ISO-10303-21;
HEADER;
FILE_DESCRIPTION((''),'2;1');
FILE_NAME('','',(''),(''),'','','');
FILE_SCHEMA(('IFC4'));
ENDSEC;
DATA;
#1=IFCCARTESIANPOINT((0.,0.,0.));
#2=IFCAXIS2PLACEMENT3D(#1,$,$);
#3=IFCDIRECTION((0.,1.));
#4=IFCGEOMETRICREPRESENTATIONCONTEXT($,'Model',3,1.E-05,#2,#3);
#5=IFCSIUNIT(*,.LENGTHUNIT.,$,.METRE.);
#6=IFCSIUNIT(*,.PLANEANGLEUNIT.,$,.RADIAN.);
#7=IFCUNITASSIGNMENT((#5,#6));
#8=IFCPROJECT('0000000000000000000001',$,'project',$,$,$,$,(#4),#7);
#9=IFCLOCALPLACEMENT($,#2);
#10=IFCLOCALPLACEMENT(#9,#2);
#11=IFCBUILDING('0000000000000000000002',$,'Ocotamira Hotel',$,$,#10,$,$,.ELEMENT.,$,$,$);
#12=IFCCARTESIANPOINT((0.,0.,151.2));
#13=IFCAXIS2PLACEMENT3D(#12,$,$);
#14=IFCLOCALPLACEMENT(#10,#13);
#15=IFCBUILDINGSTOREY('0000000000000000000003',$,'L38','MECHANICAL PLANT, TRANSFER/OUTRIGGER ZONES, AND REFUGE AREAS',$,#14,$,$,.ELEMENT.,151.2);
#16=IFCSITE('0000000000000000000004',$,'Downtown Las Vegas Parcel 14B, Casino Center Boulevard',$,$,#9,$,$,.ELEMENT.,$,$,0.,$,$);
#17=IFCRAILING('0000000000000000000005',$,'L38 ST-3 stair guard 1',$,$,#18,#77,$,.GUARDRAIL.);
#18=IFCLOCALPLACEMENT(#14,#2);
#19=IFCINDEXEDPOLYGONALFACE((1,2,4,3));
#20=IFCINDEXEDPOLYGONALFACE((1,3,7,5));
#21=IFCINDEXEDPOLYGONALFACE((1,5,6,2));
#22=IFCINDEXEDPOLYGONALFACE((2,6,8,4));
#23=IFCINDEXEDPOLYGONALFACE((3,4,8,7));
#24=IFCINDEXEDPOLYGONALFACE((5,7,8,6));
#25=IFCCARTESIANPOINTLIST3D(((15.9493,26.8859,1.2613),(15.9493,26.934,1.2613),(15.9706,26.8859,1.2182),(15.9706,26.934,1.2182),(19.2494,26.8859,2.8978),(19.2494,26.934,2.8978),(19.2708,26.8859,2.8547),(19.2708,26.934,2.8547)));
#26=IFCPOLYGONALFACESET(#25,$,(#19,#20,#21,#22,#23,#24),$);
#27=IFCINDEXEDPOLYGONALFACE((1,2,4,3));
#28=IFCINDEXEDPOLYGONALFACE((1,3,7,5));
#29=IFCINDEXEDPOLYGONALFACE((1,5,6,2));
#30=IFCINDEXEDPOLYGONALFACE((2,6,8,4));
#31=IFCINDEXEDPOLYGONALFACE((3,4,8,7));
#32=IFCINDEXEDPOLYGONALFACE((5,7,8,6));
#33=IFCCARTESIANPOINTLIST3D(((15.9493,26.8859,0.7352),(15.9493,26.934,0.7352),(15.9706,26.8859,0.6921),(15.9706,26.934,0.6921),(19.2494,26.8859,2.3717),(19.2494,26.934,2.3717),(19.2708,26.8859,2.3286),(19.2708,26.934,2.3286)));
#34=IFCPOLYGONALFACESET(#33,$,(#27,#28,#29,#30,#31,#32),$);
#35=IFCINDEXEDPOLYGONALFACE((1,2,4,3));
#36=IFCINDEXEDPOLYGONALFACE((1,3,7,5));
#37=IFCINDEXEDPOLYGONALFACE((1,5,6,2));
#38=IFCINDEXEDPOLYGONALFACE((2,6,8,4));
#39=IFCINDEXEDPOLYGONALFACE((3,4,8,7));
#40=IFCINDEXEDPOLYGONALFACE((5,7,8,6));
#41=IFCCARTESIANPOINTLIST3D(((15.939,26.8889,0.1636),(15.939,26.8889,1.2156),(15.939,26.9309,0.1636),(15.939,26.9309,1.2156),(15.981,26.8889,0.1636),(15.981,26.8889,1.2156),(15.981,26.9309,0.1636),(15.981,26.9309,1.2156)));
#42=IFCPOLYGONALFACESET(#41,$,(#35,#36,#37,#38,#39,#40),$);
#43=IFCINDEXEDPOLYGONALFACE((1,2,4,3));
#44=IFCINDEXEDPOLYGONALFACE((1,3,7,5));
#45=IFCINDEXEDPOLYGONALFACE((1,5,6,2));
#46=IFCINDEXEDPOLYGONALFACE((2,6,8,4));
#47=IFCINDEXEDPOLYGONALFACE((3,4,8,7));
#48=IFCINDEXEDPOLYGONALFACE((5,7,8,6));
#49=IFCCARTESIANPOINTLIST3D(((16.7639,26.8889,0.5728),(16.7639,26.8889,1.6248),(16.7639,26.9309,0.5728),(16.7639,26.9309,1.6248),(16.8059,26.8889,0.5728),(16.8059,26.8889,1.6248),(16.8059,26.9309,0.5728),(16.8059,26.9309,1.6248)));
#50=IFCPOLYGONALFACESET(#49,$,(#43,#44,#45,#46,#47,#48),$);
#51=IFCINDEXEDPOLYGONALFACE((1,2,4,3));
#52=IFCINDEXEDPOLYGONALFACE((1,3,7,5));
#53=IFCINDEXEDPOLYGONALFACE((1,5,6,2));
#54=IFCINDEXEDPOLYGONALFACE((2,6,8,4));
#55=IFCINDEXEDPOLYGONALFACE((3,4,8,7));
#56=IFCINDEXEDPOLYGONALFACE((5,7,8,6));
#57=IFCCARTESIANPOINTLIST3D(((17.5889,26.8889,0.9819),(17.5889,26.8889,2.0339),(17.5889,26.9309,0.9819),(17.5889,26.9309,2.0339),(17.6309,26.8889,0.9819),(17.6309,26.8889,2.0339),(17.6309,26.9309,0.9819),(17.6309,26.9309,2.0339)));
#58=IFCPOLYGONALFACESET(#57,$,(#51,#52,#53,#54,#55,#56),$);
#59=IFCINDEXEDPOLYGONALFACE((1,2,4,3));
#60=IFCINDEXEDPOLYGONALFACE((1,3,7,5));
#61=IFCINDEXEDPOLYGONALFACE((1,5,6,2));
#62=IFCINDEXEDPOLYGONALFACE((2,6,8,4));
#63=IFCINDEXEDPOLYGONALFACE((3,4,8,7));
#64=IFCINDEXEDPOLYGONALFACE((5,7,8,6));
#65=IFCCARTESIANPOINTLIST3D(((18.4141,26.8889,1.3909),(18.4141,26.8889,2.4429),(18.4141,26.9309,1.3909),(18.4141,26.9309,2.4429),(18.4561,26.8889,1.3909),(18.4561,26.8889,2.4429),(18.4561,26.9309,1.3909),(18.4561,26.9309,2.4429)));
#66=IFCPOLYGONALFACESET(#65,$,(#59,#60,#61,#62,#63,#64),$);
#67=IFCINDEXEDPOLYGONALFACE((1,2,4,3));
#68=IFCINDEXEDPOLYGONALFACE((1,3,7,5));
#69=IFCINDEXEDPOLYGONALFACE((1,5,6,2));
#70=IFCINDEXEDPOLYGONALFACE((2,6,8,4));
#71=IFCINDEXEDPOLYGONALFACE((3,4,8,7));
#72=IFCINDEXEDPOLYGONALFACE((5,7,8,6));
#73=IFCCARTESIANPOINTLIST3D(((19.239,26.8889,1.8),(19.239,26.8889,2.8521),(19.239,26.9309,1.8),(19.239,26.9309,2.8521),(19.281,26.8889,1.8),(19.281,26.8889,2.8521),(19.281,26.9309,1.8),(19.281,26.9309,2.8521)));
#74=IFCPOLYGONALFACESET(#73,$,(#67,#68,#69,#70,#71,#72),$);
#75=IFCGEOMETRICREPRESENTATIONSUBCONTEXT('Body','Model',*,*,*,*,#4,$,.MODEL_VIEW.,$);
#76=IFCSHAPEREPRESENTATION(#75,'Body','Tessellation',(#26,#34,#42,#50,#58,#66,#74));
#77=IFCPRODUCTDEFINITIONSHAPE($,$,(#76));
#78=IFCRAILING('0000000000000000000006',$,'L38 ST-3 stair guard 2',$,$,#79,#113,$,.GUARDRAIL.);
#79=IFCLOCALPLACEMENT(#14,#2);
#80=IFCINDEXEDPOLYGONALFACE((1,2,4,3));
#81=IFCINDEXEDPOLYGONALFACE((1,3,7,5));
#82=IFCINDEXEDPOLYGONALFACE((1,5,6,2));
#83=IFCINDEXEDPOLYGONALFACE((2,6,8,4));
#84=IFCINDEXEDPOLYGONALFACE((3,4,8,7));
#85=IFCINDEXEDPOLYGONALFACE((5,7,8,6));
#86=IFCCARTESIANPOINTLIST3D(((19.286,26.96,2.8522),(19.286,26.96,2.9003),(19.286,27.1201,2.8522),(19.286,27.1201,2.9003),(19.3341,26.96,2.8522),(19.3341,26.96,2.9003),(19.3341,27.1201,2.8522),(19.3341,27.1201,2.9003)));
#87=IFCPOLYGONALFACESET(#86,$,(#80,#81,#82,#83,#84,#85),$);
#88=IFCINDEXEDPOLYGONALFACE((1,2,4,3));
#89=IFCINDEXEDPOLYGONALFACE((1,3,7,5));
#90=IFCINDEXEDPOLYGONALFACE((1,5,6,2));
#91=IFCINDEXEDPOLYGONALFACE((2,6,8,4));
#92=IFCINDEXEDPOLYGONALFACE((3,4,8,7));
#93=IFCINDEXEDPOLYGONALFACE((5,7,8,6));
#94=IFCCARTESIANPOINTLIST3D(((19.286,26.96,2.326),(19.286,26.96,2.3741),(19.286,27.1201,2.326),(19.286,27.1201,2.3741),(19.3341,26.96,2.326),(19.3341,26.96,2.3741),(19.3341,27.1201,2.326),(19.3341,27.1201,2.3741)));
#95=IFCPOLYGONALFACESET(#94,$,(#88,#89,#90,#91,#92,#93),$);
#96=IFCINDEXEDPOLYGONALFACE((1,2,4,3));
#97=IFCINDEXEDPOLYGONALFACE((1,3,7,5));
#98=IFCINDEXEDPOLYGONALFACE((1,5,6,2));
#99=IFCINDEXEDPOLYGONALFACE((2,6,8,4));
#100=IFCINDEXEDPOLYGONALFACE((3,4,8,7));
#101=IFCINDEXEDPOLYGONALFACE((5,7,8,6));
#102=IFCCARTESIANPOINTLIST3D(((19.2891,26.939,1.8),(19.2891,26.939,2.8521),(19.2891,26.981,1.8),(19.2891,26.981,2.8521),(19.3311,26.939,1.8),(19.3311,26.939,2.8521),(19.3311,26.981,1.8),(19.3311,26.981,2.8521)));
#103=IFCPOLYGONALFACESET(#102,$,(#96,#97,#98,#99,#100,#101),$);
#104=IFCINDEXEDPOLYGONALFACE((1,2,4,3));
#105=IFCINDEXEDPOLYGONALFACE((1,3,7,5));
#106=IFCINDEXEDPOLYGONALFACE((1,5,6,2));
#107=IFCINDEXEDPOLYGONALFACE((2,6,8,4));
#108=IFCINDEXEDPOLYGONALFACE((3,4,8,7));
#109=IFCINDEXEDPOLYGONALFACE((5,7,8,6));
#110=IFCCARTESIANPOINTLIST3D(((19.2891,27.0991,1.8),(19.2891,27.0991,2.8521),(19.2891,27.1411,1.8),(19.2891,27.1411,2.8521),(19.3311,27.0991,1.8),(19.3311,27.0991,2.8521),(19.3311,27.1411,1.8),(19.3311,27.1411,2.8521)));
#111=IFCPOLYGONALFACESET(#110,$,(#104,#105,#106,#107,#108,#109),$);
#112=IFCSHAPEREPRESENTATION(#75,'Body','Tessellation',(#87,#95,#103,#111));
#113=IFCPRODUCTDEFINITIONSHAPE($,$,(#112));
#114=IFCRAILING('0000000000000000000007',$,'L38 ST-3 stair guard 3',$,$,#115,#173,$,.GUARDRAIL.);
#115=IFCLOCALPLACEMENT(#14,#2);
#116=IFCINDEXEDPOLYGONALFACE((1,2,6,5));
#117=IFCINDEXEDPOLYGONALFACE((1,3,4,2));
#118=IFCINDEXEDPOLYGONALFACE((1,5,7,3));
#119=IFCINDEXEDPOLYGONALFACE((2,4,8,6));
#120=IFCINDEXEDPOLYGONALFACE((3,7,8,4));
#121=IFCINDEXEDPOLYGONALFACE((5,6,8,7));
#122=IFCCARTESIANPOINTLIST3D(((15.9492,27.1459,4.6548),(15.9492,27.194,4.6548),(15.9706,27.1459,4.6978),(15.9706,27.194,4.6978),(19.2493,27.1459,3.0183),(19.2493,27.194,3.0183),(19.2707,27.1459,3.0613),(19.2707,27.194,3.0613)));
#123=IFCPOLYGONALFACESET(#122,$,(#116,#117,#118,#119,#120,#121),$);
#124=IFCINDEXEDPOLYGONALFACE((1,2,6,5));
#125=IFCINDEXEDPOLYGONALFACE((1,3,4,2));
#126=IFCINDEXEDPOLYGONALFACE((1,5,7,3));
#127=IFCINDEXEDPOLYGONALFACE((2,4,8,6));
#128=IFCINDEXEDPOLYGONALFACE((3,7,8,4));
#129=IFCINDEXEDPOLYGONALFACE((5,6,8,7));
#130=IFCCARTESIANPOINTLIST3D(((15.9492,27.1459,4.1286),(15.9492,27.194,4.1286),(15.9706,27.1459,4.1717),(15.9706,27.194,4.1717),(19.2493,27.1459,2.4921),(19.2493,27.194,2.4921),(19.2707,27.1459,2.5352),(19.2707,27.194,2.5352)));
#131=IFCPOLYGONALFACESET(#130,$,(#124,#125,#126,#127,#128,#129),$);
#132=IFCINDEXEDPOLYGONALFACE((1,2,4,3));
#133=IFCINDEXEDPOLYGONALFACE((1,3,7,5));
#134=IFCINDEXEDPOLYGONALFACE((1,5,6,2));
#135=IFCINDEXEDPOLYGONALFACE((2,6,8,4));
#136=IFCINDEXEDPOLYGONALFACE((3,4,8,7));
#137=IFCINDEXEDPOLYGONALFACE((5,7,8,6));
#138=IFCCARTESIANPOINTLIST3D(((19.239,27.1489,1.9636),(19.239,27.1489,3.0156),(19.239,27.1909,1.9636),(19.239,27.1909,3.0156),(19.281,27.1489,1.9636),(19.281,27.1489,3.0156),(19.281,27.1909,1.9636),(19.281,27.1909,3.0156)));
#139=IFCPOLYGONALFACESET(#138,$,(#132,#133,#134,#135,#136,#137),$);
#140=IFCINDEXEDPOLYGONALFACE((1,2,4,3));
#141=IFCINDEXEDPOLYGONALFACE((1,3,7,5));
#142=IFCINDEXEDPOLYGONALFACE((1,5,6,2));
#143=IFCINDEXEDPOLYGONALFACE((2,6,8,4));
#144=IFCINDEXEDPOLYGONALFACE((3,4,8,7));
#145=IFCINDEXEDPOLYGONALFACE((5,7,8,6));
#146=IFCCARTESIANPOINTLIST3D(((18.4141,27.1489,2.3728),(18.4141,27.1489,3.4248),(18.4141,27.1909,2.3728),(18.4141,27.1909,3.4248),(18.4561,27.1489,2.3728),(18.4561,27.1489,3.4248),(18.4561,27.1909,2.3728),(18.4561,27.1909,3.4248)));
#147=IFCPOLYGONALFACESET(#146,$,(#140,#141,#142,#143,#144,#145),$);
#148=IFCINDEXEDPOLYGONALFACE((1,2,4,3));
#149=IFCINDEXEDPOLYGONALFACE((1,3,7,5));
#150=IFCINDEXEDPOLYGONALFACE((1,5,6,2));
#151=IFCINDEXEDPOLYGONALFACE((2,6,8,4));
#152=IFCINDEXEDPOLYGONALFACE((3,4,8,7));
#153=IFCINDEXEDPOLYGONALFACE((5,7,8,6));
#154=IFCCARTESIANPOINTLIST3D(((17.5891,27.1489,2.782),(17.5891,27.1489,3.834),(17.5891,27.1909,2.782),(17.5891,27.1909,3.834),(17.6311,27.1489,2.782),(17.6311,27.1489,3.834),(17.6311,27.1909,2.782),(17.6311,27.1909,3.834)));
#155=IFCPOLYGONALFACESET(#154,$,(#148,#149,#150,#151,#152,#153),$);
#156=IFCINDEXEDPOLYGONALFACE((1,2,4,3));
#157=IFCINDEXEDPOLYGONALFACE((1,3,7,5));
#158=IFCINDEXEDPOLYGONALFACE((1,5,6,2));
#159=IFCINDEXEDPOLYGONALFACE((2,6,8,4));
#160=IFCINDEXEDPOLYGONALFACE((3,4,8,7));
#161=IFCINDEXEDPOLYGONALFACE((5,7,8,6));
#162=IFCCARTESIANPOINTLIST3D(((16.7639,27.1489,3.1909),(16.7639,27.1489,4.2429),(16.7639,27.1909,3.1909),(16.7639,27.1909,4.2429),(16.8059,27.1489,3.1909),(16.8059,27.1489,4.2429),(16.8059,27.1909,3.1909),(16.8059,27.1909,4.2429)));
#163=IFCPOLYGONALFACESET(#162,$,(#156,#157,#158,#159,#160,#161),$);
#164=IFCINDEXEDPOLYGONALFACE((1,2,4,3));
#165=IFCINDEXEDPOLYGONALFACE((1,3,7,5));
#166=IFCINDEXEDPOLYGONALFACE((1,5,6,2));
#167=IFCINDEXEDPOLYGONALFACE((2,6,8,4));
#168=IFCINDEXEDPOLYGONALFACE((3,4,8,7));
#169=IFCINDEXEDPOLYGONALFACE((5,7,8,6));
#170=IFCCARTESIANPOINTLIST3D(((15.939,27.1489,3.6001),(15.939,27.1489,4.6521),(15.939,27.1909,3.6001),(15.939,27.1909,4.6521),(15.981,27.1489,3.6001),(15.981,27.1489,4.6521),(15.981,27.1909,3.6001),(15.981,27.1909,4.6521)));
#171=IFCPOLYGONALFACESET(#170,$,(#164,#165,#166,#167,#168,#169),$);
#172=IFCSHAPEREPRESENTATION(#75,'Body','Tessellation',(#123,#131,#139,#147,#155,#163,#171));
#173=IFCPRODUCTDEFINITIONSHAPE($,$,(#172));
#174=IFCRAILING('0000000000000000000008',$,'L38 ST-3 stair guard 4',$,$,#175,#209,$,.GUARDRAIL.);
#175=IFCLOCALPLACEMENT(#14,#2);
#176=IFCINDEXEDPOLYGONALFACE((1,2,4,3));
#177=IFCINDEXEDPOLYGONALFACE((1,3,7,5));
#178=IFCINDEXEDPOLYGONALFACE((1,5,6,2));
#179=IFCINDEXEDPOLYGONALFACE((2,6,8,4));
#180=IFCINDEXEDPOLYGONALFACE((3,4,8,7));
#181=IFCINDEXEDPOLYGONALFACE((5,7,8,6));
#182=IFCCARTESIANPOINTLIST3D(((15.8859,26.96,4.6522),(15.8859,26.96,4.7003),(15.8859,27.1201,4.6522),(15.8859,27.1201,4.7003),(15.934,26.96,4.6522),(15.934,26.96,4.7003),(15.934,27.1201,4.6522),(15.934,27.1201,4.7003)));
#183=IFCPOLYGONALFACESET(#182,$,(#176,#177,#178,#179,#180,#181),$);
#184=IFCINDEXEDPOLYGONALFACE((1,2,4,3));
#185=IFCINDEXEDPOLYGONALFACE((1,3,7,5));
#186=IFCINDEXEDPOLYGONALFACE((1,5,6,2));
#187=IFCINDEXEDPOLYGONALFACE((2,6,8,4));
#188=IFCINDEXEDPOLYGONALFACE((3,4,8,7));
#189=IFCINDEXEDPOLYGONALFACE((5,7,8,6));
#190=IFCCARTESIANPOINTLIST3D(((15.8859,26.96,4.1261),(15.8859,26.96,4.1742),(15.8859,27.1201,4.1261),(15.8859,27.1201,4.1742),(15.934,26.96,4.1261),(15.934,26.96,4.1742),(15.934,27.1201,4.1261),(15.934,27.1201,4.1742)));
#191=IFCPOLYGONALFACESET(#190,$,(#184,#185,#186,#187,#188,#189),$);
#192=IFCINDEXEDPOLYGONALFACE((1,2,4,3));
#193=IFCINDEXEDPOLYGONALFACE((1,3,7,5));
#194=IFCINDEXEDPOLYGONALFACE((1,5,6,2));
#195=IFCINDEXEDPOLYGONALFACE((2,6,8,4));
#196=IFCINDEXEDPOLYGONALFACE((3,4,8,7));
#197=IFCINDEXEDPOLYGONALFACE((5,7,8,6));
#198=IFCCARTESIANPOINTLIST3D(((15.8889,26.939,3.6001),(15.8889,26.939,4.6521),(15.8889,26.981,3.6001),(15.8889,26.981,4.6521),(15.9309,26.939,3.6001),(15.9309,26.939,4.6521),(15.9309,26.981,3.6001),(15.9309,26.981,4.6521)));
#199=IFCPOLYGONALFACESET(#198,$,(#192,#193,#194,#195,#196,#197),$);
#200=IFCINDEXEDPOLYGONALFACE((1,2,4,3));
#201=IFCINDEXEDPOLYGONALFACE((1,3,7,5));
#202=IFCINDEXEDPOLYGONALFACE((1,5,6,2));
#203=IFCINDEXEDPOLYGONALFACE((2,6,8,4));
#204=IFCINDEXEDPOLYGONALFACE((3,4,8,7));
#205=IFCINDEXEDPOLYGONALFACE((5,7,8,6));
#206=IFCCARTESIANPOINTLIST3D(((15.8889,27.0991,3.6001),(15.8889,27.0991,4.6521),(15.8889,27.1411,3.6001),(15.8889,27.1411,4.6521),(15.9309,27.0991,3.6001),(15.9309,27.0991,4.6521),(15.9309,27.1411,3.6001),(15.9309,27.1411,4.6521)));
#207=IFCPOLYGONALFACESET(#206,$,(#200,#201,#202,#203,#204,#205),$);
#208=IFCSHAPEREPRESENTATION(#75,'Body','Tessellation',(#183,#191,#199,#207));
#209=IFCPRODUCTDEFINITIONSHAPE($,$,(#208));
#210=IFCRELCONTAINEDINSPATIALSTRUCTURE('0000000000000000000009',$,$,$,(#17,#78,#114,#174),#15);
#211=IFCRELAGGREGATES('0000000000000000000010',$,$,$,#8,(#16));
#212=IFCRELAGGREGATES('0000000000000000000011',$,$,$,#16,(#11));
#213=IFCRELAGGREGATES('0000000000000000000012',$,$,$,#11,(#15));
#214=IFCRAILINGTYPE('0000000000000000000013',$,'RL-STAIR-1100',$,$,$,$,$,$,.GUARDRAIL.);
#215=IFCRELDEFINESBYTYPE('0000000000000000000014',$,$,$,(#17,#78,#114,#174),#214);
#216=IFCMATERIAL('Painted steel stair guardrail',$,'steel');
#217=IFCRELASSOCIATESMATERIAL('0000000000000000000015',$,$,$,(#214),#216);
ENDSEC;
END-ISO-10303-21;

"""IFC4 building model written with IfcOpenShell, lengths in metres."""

from ifc_helpers import new_model, si_unit, direction, frame, origin, origin_2d, place, context, subcontext, project, spatial, rectangle, extrude, material, type_object, element, save


model = new_model("IFC4")

# Units and contexts
model_context = context("Model", 3, precision=1e-05, world=origin(), true_north=direction((0.0, 1.0)))
body_context = subcontext(model_context, "Body", "Model", "MODEL_VIEW")
ifc_project = project(units=[si_unit("LENGTHUNIT", "METRE"), si_unit("PLANEANGLEUNIT", "RADIAN")], contexts=[model_context])

# Site, building, storey
site_placement = place(None, origin())
site = spatial("IfcSite", under=ifc_project, at=site_placement, Name="Downtown Las Vegas Parcel 14B, Casino Center Boulevard", CompositionType="ELEMENT", RefElevation=0.0)
building_placement = place(site_placement, origin())
building = spatial("IfcBuilding", under=site, at=building_placement, Name="Ocotamira Hotel", CompositionType="ELEMENT")
storey_placement = place(building_placement, frame((0.0, 0.0, 151.2)))
storey = spatial("IfcBuildingStorey", under=building, at=storey_placement, Name="L38", Description="MECHANICAL PLANT, TRANSFER/OUTRIGGER ZONES, AND REFUGE AREAS", CompositionType="ELEMENT", Elevation=151.2)

# Railings
ifc_material_1 = material(Name="Painted steel stair guardrail", Category="steel")
railing_type_1 = type_object("IfcRailingType", Name="RL-STAIR-1100", PredefinedType="GUARDRAIL", material=ifc_material_1)
railing_1_placement = place(storey_placement, frame((15.96, 26.9099, 0.1636)))
element("IfcRailing", 1, at=railing_1_placement, inside=storey, type_object=railing_type_1, Name="L38 ST-3 stair guard 1", PredefinedType="GUARDRAIL", context=body_context, shape_type="SweptSolid", body=[
    extrude(rectangle(XDim=0.0481, YDim=0.0481, at=origin_2d()), frame((0.0, 0.0, 1.0762), z_axis=(0.895894, 0.0, 0.444268), x_axis=(0.0, 1.0, 0.0)), (0.0, 0.0, 1.0), 3.6836),
    extrude(rectangle(XDim=0.0481, YDim=0.0481, at=origin_2d()), frame((0.0, 0.0, 0.55), z_axis=(0.895894, 0.0, 0.444268), x_axis=(0.0, 1.0, 0.0)), (0.0, 0.0, 1.0), 3.6836),
    extrude(rectangle(XDim=0.042, YDim=0.042, at=origin_2d()), origin(), (0.0, 0.0, 1.0), 1.052),
    extrude(rectangle(XDim=0.042, YDim=0.042, at=origin_2d()), frame((0.825, 0.0, 0.4092)), (0.0, 0.0, 1.0), 1.052),
    extrude(rectangle(XDim=0.042, YDim=0.042, at=origin_2d()), frame((1.6499, 0.0, 0.8184)), (0.0, 0.0, 1.0), 1.052),
    extrude(rectangle(XDim=0.042, YDim=0.042, at=origin_2d()), frame((2.4751, 0.0, 1.2273)), (0.0, 0.0, 1.0), 1.052),
    extrude(rectangle(XDim=0.042, YDim=0.042, at=origin_2d()), frame((3.3, 0.0, 1.6365)), (0.0, 0.0, 1.0), 1.052),
])
railing_2_placement = place(storey_placement, frame((19.3101, 26.96, 1.8)))
element("IfcRailing", 2, at=railing_2_placement, inside=storey, type_object=railing_type_1, Name="L38 ST-3 stair guard 2", PredefinedType="GUARDRAIL", context=body_context, shape_type="SweptSolid", body=[
    extrude(rectangle(XDim=0.0481, YDim=0.0481, at=origin_2d()), frame((0.0, 0.0, 1.0762), z_axis=(0.0, 1.0, 0.0), x_axis=(-1.0, 0.0, 0.0)), (0.0, 0.0, 1.0), 0.1602),
    extrude(rectangle(XDim=0.0481, YDim=0.0481, at=origin_2d()), frame((0.0, 0.0, 0.55), z_axis=(0.0, 1.0, 0.0), x_axis=(-1.0, 0.0, 0.0)), (0.0, 0.0, 1.0), 0.1602),
    extrude(rectangle(XDim=0.042, YDim=0.042, at=origin_2d()), origin(), (0.0, 0.0, 1.0), 1.052),
    extrude(rectangle(XDim=0.042, YDim=0.042, at=origin_2d()), frame((0.0, 0.1602, 0.0)), (0.0, 0.0, 1.0), 1.052),
])
railing_3_placement = place(storey_placement, frame((19.26, 27.1699, 1.9636)))
element("IfcRailing", 3, at=railing_3_placement, inside=storey, type_object=railing_type_1, Name="L38 ST-3 stair guard 3", PredefinedType="GUARDRAIL", context=body_context, shape_type="SweptSolid", body=[
    extrude(rectangle(XDim=0.0481, YDim=0.0481, at=origin_2d()), frame((0.0, 0.0, 1.0762), z_axis=(-0.895894, 0.0, 0.444268), x_axis=(0.0, -1.0, 0.0)), (0.0, 0.0, 1.0), 3.6836),
    extrude(rectangle(XDim=0.0481, YDim=0.0481, at=origin_2d()), frame((0.0, 0.0, 0.55), z_axis=(-0.895894, 0.0, 0.444268), x_axis=(0.0, -1.0, 0.0)), (0.0, 0.0, 1.0), 3.6836),
    extrude(rectangle(XDim=0.042, YDim=0.042, at=origin_2d()), origin(), (0.0, 0.0, 1.0), 1.052),
    extrude(rectangle(XDim=0.042, YDim=0.042, at=origin_2d()), frame((-0.825, 0.0, 0.4092)), (0.0, 0.0, 1.0), 1.052),
    extrude(rectangle(XDim=0.042, YDim=0.042, at=origin_2d()), frame((-1.6499, 0.0, 0.8184)), (0.0, 0.0, 1.0), 1.052),
    extrude(rectangle(XDim=0.042, YDim=0.042, at=origin_2d()), frame((-2.4751, 0.0, 1.2273)), (0.0, 0.0, 1.0), 1.052),
    extrude(rectangle(XDim=0.042, YDim=0.042, at=origin_2d()), frame((-3.3, 0.0, 1.6365)), (0.0, 0.0, 1.0), 1.052),
])
railing_4_placement = place(storey_placement, frame((15.9099, 26.96, 3.6001)))
element("IfcRailing", 4, at=railing_4_placement, inside=storey, type_object=railing_type_1, Name="L38 ST-3 stair guard 4", PredefinedType="GUARDRAIL", context=body_context, shape_type="SweptSolid", body=[
    extrude(rectangle(XDim=0.0481, YDim=0.0481, at=origin_2d()), frame((0.0, 0.0, 1.0762), z_axis=(0.0, 1.0, 0.0), x_axis=(-1.0, 0.0, 0.0)), (0.0, 0.0, 1.0), 0.1602),
    extrude(rectangle(XDim=0.0481, YDim=0.0481, at=origin_2d()), frame((0.0, 0.0, 0.55), z_axis=(0.0, 1.0, 0.0), x_axis=(-1.0, 0.0, 0.0)), (0.0, 0.0, 1.0), 0.1602),
    extrude(rectangle(XDim=0.042, YDim=0.042, at=origin_2d()), origin(), (0.0, 0.0, 1.0), 1.052),
    extrude(rectangle(XDim=0.042, YDim=0.042, at=origin_2d()), frame((0.0, 0.1602, 0.0)), (0.0, 0.0, 1.0), 1.052),
])

save(model, "model.ifc")
